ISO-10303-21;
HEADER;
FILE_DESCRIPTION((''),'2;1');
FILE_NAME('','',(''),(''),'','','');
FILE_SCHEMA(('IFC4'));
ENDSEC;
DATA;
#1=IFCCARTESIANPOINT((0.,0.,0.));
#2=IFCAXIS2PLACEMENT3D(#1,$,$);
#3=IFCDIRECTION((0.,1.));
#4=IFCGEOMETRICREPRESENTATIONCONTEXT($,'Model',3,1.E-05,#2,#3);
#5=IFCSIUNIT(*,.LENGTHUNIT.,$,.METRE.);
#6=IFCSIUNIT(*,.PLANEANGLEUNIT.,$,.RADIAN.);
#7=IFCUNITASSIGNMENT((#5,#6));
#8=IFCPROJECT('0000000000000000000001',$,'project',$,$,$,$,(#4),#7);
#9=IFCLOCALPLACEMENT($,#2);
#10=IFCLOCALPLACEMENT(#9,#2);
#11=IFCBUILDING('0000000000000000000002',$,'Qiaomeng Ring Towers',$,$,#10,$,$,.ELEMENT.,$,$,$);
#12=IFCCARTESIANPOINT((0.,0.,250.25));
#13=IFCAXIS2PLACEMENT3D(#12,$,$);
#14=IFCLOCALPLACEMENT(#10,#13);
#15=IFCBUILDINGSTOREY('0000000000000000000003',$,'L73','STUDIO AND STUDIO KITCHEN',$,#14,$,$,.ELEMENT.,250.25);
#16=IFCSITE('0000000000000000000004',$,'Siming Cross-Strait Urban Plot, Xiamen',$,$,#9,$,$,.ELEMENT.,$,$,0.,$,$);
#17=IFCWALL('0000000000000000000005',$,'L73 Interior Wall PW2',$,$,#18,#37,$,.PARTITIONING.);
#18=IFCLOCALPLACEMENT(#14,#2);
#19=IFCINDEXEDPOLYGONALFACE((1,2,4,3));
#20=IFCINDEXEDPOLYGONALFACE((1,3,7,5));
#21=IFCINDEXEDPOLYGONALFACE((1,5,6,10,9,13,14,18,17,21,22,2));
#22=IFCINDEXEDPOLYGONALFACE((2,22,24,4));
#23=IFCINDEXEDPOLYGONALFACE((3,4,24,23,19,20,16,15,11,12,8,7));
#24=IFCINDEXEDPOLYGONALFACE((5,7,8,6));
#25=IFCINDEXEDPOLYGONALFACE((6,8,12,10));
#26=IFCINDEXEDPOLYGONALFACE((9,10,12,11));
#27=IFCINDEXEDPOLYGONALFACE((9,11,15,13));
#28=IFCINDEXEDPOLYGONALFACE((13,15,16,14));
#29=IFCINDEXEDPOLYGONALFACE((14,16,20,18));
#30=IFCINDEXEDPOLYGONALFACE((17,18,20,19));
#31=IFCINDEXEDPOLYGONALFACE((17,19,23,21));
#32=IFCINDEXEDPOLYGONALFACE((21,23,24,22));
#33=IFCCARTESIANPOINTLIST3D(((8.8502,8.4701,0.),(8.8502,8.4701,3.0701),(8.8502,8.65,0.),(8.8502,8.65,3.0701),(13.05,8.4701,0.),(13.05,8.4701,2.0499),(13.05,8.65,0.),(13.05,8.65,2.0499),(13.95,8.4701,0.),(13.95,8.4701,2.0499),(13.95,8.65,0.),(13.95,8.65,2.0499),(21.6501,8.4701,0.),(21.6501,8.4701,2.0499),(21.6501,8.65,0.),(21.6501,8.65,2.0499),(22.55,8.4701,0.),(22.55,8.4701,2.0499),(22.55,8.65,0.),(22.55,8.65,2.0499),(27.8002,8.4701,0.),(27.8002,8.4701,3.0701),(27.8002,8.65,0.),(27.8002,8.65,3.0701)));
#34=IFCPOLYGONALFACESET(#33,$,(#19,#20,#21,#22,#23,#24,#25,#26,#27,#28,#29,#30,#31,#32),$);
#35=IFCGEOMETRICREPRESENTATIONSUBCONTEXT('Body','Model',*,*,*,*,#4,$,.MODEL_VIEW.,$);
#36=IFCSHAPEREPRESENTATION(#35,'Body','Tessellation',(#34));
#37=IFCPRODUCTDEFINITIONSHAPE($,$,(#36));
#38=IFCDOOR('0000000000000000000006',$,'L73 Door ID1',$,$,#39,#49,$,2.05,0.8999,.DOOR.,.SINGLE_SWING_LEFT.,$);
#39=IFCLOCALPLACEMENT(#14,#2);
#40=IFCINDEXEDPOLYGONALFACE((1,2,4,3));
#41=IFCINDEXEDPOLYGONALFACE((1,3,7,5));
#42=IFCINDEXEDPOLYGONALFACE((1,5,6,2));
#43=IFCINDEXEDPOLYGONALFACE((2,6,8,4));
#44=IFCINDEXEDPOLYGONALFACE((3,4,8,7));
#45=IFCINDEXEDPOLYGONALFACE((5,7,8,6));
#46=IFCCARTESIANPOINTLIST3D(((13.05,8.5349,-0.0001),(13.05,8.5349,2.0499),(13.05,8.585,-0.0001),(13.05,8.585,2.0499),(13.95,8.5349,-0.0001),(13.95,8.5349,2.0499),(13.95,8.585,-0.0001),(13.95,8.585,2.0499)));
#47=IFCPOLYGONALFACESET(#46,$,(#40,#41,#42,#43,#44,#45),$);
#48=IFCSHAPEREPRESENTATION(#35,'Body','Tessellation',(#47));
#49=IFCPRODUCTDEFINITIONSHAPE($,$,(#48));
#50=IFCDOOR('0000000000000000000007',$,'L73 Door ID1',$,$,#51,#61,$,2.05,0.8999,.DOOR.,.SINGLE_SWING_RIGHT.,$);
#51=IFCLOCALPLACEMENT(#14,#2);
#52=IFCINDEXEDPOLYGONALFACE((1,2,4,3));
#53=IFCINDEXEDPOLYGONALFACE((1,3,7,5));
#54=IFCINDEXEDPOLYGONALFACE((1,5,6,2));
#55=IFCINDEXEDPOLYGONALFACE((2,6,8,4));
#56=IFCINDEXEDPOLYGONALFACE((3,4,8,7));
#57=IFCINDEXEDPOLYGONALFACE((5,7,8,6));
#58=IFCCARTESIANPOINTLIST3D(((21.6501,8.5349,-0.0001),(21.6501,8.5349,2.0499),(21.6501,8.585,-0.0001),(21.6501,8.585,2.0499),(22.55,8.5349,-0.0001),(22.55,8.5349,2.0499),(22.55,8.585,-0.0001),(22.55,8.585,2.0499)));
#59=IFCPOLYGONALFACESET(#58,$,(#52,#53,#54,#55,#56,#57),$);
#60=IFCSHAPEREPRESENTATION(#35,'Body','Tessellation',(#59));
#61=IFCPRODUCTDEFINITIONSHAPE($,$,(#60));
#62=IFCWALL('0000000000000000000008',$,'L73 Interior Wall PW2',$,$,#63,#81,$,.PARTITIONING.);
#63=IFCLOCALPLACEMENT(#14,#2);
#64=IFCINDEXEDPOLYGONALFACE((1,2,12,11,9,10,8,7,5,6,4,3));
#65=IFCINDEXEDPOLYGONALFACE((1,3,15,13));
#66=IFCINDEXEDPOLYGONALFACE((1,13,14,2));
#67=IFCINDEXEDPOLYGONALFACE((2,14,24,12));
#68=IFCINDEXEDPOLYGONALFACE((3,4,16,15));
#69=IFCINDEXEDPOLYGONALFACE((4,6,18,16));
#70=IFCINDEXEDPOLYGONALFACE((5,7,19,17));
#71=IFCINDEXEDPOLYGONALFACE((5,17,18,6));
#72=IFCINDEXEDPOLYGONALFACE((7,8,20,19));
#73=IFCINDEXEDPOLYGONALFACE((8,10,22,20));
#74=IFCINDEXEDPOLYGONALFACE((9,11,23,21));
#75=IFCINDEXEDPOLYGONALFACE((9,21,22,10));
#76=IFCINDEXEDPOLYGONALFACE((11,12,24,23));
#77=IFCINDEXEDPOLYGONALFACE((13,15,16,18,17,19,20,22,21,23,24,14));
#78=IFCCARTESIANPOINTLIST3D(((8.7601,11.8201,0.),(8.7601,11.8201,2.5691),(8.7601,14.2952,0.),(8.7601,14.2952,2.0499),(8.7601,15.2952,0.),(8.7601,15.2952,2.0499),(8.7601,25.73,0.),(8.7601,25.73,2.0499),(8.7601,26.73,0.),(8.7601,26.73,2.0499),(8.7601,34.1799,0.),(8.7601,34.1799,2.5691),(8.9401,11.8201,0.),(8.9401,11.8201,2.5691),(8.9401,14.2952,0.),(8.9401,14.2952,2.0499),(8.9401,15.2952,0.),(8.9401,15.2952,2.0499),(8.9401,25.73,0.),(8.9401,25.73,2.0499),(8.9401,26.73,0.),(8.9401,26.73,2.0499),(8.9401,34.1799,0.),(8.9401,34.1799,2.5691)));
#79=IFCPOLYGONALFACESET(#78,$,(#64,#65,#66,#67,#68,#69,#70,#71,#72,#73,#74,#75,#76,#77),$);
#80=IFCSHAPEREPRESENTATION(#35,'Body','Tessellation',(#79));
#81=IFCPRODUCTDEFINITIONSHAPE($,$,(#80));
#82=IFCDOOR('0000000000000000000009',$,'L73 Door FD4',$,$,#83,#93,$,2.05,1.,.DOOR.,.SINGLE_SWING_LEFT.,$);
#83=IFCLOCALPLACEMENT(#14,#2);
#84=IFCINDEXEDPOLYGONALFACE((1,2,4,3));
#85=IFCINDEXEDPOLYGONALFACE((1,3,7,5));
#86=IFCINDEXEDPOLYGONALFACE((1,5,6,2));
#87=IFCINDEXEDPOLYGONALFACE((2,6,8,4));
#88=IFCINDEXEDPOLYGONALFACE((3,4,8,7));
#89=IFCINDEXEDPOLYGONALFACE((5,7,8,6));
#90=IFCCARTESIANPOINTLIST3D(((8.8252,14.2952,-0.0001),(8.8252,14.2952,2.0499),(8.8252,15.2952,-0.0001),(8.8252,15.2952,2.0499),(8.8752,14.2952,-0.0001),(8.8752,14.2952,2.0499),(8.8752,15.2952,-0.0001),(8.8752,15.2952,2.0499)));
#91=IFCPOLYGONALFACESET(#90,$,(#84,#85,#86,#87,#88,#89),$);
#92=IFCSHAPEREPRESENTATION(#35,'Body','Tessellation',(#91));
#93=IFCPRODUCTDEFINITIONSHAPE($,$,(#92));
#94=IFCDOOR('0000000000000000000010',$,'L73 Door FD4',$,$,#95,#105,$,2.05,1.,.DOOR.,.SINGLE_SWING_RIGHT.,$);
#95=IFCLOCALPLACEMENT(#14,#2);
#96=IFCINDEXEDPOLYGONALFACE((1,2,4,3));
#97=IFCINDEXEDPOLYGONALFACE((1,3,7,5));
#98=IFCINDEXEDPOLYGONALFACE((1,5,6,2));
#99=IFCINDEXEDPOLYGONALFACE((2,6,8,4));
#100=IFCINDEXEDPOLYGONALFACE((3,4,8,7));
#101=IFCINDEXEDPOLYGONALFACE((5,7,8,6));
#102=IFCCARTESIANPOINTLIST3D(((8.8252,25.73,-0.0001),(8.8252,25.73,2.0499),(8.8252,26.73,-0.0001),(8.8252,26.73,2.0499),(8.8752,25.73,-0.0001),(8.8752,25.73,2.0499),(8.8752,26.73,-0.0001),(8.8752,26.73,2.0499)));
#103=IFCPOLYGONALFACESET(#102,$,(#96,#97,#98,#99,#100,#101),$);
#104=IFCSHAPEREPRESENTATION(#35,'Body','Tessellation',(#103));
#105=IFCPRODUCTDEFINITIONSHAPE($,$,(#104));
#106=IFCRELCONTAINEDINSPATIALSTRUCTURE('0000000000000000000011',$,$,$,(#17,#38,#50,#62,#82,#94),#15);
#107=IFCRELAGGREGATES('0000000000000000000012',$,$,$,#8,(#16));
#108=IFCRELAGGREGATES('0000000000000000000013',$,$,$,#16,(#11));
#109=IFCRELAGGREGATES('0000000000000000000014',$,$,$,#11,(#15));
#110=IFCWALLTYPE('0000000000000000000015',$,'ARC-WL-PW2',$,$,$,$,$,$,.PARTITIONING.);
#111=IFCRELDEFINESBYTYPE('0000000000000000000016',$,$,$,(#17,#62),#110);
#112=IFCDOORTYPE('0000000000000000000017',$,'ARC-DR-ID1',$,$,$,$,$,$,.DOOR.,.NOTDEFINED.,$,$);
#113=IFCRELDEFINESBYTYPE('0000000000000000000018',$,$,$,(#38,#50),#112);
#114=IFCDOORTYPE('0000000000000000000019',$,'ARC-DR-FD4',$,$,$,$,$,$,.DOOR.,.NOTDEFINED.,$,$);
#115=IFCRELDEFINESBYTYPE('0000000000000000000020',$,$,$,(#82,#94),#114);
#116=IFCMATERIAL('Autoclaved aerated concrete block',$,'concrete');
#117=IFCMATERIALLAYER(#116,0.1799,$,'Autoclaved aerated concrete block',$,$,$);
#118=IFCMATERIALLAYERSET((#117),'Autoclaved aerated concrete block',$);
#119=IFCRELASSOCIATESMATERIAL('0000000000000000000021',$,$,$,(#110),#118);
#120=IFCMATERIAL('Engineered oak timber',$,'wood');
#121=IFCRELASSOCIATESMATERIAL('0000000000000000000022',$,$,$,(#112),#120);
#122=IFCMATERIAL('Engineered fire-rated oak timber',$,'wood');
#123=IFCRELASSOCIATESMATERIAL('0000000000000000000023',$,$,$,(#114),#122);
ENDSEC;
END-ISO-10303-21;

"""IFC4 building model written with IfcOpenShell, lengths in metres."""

from ifc_helpers import new_model, si_unit, direction, frame, frame_2d, origin, place, context, subcontext, project, spatial, rectangle, extrude, source, transform, mapped, material, layer, layer_set, type_object, element, fill, save


model = new_model("IFC4")

# Units and contexts
model_context = context("Model", 3, precision=1e-05, world=origin(), true_north=direction((0.0, 1.0)))
body_context = subcontext(model_context, "Body", "Model", "MODEL_VIEW")
ifc_project = project(units=[si_unit("LENGTHUNIT", "METRE"), si_unit("PLANEANGLEUNIT", "RADIAN")], contexts=[model_context])

# Site, building, storey
site_placement = place(None, origin())
site = spatial("IfcSite", under=ifc_project, at=site_placement, Name="Siming Cross-Strait Urban Plot, Xiamen", CompositionType="ELEMENT", RefElevation=0.0)
building_placement = place(site_placement, origin())
building = spatial("IfcBuilding", under=site, at=building_placement, Name="Qiaomeng Ring Towers", CompositionType="ELEMENT")
storey_placement = place(building_placement, frame((0.0, 0.0, 250.25)))
storey = spatial("IfcBuildingStorey", under=building, at=storey_placement, Name="L73", Description="STUDIO AND STUDIO KITCHEN", CompositionType="ELEMENT", Elevation=250.25)

# Shared definitions
ifc_material_1 = material(Name="Autoclaved aerated concrete block", Category="concrete")
ifc_layer_1 = layer(ifc_material_1, 0.1799, Name="Autoclaved aerated concrete block")
ifc_layer_set_1 = layer_set([ifc_layer_1], Name="Autoclaved aerated concrete block")
wall_type_1 = type_object("IfcWallType", Name="ARC-WL-PW2", PredefinedType="PARTITIONING", material=ifc_layer_set_1)

# Walls, openings, doors
wall_1_placement = place(storey_placement, frame((8.8501, 8.5601, 0.0), z_axis=(0.0, 0.0, 1.0), x_axis=(1.0, 0.0, 0.0)))
wall_1 = element("IfcWall", 1, at=wall_1_placement, inside=storey, type_object=wall_type_1, Name="L73 Interior Wall PW2", PredefinedType="PARTITIONING", context=body_context, shape_type="SweptSolid", body=[
    extrude(rectangle(XDim=18.95, YDim=0.1799, at=frame_2d((9.4751, 0.0))), origin(), (0.0, 0.0, 1.0), 3.0701),
])
opening_1_placement = place(wall_1_placement, frame((4.2, 0.0, 0.0)))
opening_1 = element("IfcOpeningElement", 2, at=opening_1_placement, cuts=wall_1, PredefinedType="OPENING", context=body_context, shape_type="SweptSolid", body=[
    extrude(rectangle(XDim=0.8999, YDim=2.05, at=frame_2d((0.45, 1.0249))), frame((0.0, 0.0999, 0.0), z_axis=(0.0, -1.0, 0.0), x_axis=(1.0, 0.0, 0.0)), (0.0, 0.0, 1.0), 0.2),
])
opening_2_placement = place(wall_1_placement, frame((12.8, 0.0, 0.0)))
opening_2 = element("IfcOpeningElement", 3, at=opening_2_placement, cuts=wall_1, PredefinedType="OPENING", context=body_context, shape_type="SweptSolid", body=[
    extrude(rectangle(XDim=0.8999, YDim=2.05, at=frame_2d((0.45, 1.0249))), frame((0.0, 0.0999, 0.0), z_axis=(0.0, -1.0, 0.0), x_axis=(1.0, 0.0, 0.0)), (0.0, 0.0, 1.0), 0.2),
])
ifc_material_2 = material(Name="Engineered oak timber", Category="wood")
door_type_1 = type_object("IfcDoorType", Name="ARC-DR-ID1", OperationType="NOTDEFINED", PredefinedType="DOOR", material=ifc_material_2)
shared_shape_1 = source(origin(), body_context, "Body", "SweptSolid", [
    extrude(rectangle(XDim=0.8999, YDim=2.05, at=frame_2d((0.45, 1.0249))), frame((0.0, 0.0249, 0.0), z_axis=(0.0, -1.0, 0.0), x_axis=(1.0, 0.0, 0.0)), (0.0, 0.0, 1.0), 0.05),
])
door_1_placement = place(opening_1_placement, origin())
door_1 = element("IfcDoor", 4, at=door_1_placement, inside=storey, type_object=door_type_1, Name="L73 Door ID1", OperationType="SINGLE_SWING_LEFT", OverallHeight=2.05, OverallWidth=0.8999, PredefinedType="DOOR", context=body_context, shape_type="MappedRepresentation", body=[
    mapped(shared_shape_1, transform((0.0, 0.0, 0.0), x_axis=(1.0, 0.0, 0.0), y_axis=(0.0, 1.0, 0.0), z_axis=(0.0, 0.0, 1.0), scale=1.0)),
])
fill(opening_1, door_1)
door_2_placement = place(opening_2_placement, origin())
door_2 = element("IfcDoor", 5, at=door_2_placement, inside=storey, type_object=door_type_1, Name="L73 Door ID1", OperationType="SINGLE_SWING_RIGHT", OverallHeight=2.05, OverallWidth=0.8999, PredefinedType="DOOR", context=body_context, shape_type="MappedRepresentation", body=[
    mapped(shared_shape_1, transform((0.0, 0.0, 0.0), x_axis=(1.0, 0.0, 0.0), y_axis=(0.0, 1.0, 0.0), z_axis=(0.0, 0.0, 1.0), scale=1.0)),
])
fill(opening_2, door_2)
wall_2_placement = place(storey_placement, frame((8.8501, 11.8201, 0.0), z_axis=(0.0, 0.0, 1.0), x_axis=(0.0, 1.0, 0.0)))
wall_2 = element("IfcWall", 6, at=wall_2_placement, inside=storey, type_object=wall_type_1, Name="L73 Interior Wall PW2", PredefinedType="PARTITIONING", context=body_context, shape_type="SweptSolid", body=[
    extrude(rectangle(XDim=22.3599, YDim=0.1799, at=frame_2d((11.1799, 0.0))), origin(), (0.0, 0.0, 1.0), 2.5691),
])
opening_3_placement = place(wall_2_placement, frame((2.4751, 0.0, 0.0)))
opening_3 = element("IfcOpeningElement", 7, at=opening_3_placement, cuts=wall_2, PredefinedType="OPENING", context=body_context, shape_type="SweptSolid", body=[
    extrude(rectangle(XDim=1.0, YDim=2.05, at=frame_2d((0.5, 1.0249))), frame((0.0, 0.0999, 0.0), z_axis=(0.0, -1.0, 0.0), x_axis=(1.0, 0.0, 0.0)), (0.0, 0.0, 1.0), 0.2),
])
opening_4_placement = place(wall_2_placement, frame((13.9099, 0.0, 0.0)))
opening_4 = element("IfcOpeningElement", 8, at=opening_4_placement, cuts=wall_2, PredefinedType="OPENING", context=body_context, shape_type="SweptSolid", body=[
    extrude(rectangle(XDim=1.0, YDim=2.05, at=frame_2d((0.5, 1.0249))), frame((0.0, 0.0999, 0.0), z_axis=(0.0, -1.0, 0.0), x_axis=(1.0, 0.0, 0.0)), (0.0, 0.0, 1.0), 0.2),
])
ifc_material_3 = material(Name="Engineered fire-rated oak timber", Category="wood")
door_type_2 = type_object("IfcDoorType", Name="ARC-DR-FD4", OperationType="NOTDEFINED", PredefinedType="DOOR", material=ifc_material_3)
shared_shape_2 = source(origin(), body_context, "Body", "SweptSolid", [
    extrude(rectangle(XDim=1.0, YDim=2.05, at=frame_2d((0.5, 1.0249))), frame((0.0, 0.0249, 0.0), z_axis=(0.0, -1.0, 0.0), x_axis=(1.0, 0.0, 0.0)), (0.0, 0.0, 1.0), 0.05),
])
door_3_placement = place(opening_3_placement, origin())
door_3 = element("IfcDoor", 9, at=door_3_placement, inside=storey, type_object=door_type_2, Name="L73 Door FD4", OperationType="SINGLE_SWING_LEFT", OverallHeight=2.05, OverallWidth=1.0, PredefinedType="DOOR", context=body_context, shape_type="MappedRepresentation", body=[
    mapped(shared_shape_2, transform((0.0, 0.0, 0.0), x_axis=(1.0, 0.0, 0.0), y_axis=(0.0, 1.0, 0.0), z_axis=(0.0, 0.0, 1.0), scale=1.0)),
])
fill(opening_3, door_3)
door_4_placement = place(opening_4_placement, origin())
door_4 = element("IfcDoor", 10, at=door_4_placement, inside=storey, type_object=door_type_2, Name="L73 Door FD4", OperationType="SINGLE_SWING_RIGHT", OverallHeight=2.05, OverallWidth=1.0, PredefinedType="DOOR", context=body_context, shape_type="MappedRepresentation", body=[
    mapped(shared_shape_2, transform((0.0, 0.0, 0.0), x_axis=(1.0, 0.0, 0.0), y_axis=(0.0, 1.0, 0.0), z_axis=(0.0, 0.0, 1.0), scale=1.0)),
])
fill(opening_4, door_4)

save(model, "model.ifc")
